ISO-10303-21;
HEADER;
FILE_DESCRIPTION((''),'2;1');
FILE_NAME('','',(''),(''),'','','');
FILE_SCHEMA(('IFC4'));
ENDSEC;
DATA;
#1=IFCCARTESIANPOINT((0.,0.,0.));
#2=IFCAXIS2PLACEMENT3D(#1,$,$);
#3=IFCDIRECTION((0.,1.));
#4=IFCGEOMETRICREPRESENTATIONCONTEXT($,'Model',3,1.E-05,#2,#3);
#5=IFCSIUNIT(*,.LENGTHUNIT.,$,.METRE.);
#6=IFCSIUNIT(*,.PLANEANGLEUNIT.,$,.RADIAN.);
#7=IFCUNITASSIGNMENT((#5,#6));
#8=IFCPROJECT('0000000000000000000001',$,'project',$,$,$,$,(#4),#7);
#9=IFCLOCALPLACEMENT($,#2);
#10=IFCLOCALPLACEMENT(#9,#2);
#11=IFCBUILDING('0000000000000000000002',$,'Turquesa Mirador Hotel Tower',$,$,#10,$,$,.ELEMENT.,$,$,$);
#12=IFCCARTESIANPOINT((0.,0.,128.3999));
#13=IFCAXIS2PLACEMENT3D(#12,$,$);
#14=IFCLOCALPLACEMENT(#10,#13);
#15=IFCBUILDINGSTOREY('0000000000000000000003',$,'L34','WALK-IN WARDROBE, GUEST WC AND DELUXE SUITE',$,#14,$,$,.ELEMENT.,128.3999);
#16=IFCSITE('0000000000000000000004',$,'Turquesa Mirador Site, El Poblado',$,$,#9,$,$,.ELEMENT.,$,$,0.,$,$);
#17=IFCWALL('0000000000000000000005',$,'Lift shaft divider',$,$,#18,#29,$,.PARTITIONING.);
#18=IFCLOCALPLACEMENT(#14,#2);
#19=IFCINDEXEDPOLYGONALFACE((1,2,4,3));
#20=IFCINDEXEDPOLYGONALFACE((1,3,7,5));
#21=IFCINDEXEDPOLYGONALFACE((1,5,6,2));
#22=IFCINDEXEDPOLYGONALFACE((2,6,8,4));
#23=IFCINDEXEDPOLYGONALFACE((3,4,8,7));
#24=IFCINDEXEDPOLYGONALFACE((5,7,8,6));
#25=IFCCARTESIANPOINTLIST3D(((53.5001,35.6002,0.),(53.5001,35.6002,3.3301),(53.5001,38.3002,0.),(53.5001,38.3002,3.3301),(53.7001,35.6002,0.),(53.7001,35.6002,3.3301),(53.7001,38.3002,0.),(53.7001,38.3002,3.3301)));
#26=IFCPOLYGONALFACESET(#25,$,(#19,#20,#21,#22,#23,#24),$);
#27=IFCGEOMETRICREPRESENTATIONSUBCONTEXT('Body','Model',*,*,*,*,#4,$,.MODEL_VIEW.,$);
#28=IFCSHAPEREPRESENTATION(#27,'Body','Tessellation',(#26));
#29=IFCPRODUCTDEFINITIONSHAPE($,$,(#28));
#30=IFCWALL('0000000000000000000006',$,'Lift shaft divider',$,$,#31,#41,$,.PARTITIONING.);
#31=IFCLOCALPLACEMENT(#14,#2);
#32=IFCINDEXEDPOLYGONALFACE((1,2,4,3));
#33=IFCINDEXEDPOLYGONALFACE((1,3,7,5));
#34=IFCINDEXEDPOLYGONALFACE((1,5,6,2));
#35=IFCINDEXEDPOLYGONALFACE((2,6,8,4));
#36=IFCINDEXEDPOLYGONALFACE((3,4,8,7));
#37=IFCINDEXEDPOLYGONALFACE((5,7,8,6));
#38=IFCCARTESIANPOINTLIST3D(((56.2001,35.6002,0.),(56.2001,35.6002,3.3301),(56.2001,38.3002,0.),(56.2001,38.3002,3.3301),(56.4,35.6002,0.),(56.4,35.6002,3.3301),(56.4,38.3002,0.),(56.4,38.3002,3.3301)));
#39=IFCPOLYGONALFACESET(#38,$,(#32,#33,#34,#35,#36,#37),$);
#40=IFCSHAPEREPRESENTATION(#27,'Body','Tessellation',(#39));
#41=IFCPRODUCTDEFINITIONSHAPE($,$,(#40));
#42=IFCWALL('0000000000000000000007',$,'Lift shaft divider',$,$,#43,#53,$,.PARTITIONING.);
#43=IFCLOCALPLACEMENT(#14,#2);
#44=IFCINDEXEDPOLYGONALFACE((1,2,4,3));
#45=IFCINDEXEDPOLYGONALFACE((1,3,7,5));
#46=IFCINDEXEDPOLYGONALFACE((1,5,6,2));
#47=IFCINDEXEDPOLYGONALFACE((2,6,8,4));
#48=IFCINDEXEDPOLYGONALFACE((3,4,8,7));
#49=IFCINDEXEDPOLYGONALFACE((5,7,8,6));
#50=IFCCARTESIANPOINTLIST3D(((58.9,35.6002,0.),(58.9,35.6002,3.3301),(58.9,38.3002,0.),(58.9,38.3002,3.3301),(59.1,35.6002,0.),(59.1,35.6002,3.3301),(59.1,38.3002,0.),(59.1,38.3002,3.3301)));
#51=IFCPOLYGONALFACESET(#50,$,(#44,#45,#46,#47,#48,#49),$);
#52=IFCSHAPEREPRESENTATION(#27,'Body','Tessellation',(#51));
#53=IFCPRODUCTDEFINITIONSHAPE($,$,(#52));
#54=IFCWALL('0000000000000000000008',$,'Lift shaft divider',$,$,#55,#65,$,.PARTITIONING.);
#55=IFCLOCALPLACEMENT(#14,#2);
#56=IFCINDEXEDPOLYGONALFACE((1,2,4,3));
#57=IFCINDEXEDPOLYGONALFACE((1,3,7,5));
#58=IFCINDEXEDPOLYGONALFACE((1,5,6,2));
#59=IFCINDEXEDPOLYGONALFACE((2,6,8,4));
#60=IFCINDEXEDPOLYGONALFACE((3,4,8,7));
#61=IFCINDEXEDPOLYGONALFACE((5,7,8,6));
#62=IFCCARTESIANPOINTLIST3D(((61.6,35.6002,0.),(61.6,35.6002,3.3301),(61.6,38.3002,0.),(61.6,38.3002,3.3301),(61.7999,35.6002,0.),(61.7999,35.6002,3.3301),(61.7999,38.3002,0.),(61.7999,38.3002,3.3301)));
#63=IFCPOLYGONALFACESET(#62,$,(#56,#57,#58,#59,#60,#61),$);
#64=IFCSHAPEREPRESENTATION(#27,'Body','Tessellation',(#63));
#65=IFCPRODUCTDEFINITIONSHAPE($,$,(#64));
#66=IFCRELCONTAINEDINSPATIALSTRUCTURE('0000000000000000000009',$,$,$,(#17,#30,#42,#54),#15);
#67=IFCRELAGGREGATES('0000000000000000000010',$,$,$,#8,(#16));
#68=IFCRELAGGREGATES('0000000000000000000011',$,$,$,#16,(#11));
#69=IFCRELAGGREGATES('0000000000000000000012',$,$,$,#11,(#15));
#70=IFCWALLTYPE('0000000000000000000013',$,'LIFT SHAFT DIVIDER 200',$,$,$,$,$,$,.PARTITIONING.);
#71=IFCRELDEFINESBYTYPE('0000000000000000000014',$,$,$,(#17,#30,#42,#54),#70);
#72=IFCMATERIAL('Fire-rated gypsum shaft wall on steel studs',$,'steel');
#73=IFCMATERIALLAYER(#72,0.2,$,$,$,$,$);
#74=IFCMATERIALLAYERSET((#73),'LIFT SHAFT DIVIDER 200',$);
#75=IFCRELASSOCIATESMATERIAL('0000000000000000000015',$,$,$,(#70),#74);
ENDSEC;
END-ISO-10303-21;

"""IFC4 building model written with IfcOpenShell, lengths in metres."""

from ifc_helpers import new_model, si_unit, direction, frame, frame_2d, origin, place, context, subcontext, project, spatial, rectangle, extrude, material, layer, layer_set, type_object, element, save


model = new_model("IFC4")

# Units and contexts
model_context = context("Model", 3, precision=1e-05, world=origin(), true_north=direction((0.0, 1.0)))
body_context = subcontext(model_context, "Body", "Model", "MODEL_VIEW")
ifc_project = project(units=[si_unit("LENGTHUNIT", "METRE"), si_unit("PLANEANGLEUNIT", "RADIAN")], contexts=[model_context])

# Site, building, storey
site_placement = place(None, origin())
site = spatial("IfcSite", under=ifc_project, at=site_placement, Name="Turquesa Mirador Site, El Poblado", CompositionType="ELEMENT", RefElevation=0.0)
building_placement = place(site_placement, origin())
building = spatial("IfcBuilding", under=site, at=building_placement, Name="Turquesa Mirador Hotel Tower", CompositionType="ELEMENT")
storey_placement = place(building_placement, frame((0.0, 0.0, 128.3999)))
storey = spatial("IfcBuildingStorey", under=building, at=storey_placement, Name="L34", Description="WALK-IN WARDROBE, GUEST WC AND DELUXE SUITE", CompositionType="ELEMENT", Elevation=128.3999)

# Walls
ifc_material_1 = material(Name="Fire-rated gypsum shaft wall on steel studs", Category="steel")
ifc_layer_1 = layer(ifc_material_1, 0.2)
ifc_layer_set_1 = layer_set([ifc_layer_1], Name="LIFT SHAFT DIVIDER 200")
wall_type_1 = type_object("IfcWallType", Name="LIFT SHAFT DIVIDER 200", PredefinedType="PARTITIONING", material=ifc_layer_set_1)
for number, where, z_axis, x_axis, name in (
    (1, (53.6001, 35.6001, 0.0), (0.0, 0.0, 1.0), (0.0, 1.0, 0.0), "Lift shaft divider"),
    (2, (56.3, 35.6001, 0.0), (0.0, 0.0, 1.0), (0.0, 1.0, 0.0), "Lift shaft divider"),
    (3, (59.0, 35.6001, 0.0), (0.0, 0.0, 1.0), (0.0, 1.0, 0.0), "Lift shaft divider"),
    (4, (61.7, 35.6001, 0.0), (0.0, 0.0, 1.0), (0.0, 1.0, 0.0), "Lift shaft divider"),
):
    element("IfcWall", number, at=place(storey_placement, frame(where, z_axis=z_axis, x_axis=x_axis)), inside=storey, type_object=wall_type_1, Name=name, PredefinedType="PARTITIONING", context=body_context, shape_type="SweptSolid", body=[
        extrude(rectangle(XDim=2.7, YDim=0.2, at=frame_2d((1.3501, 0.0))), origin(), (0.0, 0.0, 1.0), 3.3301),
    ])

save(model, "model.ifc")
